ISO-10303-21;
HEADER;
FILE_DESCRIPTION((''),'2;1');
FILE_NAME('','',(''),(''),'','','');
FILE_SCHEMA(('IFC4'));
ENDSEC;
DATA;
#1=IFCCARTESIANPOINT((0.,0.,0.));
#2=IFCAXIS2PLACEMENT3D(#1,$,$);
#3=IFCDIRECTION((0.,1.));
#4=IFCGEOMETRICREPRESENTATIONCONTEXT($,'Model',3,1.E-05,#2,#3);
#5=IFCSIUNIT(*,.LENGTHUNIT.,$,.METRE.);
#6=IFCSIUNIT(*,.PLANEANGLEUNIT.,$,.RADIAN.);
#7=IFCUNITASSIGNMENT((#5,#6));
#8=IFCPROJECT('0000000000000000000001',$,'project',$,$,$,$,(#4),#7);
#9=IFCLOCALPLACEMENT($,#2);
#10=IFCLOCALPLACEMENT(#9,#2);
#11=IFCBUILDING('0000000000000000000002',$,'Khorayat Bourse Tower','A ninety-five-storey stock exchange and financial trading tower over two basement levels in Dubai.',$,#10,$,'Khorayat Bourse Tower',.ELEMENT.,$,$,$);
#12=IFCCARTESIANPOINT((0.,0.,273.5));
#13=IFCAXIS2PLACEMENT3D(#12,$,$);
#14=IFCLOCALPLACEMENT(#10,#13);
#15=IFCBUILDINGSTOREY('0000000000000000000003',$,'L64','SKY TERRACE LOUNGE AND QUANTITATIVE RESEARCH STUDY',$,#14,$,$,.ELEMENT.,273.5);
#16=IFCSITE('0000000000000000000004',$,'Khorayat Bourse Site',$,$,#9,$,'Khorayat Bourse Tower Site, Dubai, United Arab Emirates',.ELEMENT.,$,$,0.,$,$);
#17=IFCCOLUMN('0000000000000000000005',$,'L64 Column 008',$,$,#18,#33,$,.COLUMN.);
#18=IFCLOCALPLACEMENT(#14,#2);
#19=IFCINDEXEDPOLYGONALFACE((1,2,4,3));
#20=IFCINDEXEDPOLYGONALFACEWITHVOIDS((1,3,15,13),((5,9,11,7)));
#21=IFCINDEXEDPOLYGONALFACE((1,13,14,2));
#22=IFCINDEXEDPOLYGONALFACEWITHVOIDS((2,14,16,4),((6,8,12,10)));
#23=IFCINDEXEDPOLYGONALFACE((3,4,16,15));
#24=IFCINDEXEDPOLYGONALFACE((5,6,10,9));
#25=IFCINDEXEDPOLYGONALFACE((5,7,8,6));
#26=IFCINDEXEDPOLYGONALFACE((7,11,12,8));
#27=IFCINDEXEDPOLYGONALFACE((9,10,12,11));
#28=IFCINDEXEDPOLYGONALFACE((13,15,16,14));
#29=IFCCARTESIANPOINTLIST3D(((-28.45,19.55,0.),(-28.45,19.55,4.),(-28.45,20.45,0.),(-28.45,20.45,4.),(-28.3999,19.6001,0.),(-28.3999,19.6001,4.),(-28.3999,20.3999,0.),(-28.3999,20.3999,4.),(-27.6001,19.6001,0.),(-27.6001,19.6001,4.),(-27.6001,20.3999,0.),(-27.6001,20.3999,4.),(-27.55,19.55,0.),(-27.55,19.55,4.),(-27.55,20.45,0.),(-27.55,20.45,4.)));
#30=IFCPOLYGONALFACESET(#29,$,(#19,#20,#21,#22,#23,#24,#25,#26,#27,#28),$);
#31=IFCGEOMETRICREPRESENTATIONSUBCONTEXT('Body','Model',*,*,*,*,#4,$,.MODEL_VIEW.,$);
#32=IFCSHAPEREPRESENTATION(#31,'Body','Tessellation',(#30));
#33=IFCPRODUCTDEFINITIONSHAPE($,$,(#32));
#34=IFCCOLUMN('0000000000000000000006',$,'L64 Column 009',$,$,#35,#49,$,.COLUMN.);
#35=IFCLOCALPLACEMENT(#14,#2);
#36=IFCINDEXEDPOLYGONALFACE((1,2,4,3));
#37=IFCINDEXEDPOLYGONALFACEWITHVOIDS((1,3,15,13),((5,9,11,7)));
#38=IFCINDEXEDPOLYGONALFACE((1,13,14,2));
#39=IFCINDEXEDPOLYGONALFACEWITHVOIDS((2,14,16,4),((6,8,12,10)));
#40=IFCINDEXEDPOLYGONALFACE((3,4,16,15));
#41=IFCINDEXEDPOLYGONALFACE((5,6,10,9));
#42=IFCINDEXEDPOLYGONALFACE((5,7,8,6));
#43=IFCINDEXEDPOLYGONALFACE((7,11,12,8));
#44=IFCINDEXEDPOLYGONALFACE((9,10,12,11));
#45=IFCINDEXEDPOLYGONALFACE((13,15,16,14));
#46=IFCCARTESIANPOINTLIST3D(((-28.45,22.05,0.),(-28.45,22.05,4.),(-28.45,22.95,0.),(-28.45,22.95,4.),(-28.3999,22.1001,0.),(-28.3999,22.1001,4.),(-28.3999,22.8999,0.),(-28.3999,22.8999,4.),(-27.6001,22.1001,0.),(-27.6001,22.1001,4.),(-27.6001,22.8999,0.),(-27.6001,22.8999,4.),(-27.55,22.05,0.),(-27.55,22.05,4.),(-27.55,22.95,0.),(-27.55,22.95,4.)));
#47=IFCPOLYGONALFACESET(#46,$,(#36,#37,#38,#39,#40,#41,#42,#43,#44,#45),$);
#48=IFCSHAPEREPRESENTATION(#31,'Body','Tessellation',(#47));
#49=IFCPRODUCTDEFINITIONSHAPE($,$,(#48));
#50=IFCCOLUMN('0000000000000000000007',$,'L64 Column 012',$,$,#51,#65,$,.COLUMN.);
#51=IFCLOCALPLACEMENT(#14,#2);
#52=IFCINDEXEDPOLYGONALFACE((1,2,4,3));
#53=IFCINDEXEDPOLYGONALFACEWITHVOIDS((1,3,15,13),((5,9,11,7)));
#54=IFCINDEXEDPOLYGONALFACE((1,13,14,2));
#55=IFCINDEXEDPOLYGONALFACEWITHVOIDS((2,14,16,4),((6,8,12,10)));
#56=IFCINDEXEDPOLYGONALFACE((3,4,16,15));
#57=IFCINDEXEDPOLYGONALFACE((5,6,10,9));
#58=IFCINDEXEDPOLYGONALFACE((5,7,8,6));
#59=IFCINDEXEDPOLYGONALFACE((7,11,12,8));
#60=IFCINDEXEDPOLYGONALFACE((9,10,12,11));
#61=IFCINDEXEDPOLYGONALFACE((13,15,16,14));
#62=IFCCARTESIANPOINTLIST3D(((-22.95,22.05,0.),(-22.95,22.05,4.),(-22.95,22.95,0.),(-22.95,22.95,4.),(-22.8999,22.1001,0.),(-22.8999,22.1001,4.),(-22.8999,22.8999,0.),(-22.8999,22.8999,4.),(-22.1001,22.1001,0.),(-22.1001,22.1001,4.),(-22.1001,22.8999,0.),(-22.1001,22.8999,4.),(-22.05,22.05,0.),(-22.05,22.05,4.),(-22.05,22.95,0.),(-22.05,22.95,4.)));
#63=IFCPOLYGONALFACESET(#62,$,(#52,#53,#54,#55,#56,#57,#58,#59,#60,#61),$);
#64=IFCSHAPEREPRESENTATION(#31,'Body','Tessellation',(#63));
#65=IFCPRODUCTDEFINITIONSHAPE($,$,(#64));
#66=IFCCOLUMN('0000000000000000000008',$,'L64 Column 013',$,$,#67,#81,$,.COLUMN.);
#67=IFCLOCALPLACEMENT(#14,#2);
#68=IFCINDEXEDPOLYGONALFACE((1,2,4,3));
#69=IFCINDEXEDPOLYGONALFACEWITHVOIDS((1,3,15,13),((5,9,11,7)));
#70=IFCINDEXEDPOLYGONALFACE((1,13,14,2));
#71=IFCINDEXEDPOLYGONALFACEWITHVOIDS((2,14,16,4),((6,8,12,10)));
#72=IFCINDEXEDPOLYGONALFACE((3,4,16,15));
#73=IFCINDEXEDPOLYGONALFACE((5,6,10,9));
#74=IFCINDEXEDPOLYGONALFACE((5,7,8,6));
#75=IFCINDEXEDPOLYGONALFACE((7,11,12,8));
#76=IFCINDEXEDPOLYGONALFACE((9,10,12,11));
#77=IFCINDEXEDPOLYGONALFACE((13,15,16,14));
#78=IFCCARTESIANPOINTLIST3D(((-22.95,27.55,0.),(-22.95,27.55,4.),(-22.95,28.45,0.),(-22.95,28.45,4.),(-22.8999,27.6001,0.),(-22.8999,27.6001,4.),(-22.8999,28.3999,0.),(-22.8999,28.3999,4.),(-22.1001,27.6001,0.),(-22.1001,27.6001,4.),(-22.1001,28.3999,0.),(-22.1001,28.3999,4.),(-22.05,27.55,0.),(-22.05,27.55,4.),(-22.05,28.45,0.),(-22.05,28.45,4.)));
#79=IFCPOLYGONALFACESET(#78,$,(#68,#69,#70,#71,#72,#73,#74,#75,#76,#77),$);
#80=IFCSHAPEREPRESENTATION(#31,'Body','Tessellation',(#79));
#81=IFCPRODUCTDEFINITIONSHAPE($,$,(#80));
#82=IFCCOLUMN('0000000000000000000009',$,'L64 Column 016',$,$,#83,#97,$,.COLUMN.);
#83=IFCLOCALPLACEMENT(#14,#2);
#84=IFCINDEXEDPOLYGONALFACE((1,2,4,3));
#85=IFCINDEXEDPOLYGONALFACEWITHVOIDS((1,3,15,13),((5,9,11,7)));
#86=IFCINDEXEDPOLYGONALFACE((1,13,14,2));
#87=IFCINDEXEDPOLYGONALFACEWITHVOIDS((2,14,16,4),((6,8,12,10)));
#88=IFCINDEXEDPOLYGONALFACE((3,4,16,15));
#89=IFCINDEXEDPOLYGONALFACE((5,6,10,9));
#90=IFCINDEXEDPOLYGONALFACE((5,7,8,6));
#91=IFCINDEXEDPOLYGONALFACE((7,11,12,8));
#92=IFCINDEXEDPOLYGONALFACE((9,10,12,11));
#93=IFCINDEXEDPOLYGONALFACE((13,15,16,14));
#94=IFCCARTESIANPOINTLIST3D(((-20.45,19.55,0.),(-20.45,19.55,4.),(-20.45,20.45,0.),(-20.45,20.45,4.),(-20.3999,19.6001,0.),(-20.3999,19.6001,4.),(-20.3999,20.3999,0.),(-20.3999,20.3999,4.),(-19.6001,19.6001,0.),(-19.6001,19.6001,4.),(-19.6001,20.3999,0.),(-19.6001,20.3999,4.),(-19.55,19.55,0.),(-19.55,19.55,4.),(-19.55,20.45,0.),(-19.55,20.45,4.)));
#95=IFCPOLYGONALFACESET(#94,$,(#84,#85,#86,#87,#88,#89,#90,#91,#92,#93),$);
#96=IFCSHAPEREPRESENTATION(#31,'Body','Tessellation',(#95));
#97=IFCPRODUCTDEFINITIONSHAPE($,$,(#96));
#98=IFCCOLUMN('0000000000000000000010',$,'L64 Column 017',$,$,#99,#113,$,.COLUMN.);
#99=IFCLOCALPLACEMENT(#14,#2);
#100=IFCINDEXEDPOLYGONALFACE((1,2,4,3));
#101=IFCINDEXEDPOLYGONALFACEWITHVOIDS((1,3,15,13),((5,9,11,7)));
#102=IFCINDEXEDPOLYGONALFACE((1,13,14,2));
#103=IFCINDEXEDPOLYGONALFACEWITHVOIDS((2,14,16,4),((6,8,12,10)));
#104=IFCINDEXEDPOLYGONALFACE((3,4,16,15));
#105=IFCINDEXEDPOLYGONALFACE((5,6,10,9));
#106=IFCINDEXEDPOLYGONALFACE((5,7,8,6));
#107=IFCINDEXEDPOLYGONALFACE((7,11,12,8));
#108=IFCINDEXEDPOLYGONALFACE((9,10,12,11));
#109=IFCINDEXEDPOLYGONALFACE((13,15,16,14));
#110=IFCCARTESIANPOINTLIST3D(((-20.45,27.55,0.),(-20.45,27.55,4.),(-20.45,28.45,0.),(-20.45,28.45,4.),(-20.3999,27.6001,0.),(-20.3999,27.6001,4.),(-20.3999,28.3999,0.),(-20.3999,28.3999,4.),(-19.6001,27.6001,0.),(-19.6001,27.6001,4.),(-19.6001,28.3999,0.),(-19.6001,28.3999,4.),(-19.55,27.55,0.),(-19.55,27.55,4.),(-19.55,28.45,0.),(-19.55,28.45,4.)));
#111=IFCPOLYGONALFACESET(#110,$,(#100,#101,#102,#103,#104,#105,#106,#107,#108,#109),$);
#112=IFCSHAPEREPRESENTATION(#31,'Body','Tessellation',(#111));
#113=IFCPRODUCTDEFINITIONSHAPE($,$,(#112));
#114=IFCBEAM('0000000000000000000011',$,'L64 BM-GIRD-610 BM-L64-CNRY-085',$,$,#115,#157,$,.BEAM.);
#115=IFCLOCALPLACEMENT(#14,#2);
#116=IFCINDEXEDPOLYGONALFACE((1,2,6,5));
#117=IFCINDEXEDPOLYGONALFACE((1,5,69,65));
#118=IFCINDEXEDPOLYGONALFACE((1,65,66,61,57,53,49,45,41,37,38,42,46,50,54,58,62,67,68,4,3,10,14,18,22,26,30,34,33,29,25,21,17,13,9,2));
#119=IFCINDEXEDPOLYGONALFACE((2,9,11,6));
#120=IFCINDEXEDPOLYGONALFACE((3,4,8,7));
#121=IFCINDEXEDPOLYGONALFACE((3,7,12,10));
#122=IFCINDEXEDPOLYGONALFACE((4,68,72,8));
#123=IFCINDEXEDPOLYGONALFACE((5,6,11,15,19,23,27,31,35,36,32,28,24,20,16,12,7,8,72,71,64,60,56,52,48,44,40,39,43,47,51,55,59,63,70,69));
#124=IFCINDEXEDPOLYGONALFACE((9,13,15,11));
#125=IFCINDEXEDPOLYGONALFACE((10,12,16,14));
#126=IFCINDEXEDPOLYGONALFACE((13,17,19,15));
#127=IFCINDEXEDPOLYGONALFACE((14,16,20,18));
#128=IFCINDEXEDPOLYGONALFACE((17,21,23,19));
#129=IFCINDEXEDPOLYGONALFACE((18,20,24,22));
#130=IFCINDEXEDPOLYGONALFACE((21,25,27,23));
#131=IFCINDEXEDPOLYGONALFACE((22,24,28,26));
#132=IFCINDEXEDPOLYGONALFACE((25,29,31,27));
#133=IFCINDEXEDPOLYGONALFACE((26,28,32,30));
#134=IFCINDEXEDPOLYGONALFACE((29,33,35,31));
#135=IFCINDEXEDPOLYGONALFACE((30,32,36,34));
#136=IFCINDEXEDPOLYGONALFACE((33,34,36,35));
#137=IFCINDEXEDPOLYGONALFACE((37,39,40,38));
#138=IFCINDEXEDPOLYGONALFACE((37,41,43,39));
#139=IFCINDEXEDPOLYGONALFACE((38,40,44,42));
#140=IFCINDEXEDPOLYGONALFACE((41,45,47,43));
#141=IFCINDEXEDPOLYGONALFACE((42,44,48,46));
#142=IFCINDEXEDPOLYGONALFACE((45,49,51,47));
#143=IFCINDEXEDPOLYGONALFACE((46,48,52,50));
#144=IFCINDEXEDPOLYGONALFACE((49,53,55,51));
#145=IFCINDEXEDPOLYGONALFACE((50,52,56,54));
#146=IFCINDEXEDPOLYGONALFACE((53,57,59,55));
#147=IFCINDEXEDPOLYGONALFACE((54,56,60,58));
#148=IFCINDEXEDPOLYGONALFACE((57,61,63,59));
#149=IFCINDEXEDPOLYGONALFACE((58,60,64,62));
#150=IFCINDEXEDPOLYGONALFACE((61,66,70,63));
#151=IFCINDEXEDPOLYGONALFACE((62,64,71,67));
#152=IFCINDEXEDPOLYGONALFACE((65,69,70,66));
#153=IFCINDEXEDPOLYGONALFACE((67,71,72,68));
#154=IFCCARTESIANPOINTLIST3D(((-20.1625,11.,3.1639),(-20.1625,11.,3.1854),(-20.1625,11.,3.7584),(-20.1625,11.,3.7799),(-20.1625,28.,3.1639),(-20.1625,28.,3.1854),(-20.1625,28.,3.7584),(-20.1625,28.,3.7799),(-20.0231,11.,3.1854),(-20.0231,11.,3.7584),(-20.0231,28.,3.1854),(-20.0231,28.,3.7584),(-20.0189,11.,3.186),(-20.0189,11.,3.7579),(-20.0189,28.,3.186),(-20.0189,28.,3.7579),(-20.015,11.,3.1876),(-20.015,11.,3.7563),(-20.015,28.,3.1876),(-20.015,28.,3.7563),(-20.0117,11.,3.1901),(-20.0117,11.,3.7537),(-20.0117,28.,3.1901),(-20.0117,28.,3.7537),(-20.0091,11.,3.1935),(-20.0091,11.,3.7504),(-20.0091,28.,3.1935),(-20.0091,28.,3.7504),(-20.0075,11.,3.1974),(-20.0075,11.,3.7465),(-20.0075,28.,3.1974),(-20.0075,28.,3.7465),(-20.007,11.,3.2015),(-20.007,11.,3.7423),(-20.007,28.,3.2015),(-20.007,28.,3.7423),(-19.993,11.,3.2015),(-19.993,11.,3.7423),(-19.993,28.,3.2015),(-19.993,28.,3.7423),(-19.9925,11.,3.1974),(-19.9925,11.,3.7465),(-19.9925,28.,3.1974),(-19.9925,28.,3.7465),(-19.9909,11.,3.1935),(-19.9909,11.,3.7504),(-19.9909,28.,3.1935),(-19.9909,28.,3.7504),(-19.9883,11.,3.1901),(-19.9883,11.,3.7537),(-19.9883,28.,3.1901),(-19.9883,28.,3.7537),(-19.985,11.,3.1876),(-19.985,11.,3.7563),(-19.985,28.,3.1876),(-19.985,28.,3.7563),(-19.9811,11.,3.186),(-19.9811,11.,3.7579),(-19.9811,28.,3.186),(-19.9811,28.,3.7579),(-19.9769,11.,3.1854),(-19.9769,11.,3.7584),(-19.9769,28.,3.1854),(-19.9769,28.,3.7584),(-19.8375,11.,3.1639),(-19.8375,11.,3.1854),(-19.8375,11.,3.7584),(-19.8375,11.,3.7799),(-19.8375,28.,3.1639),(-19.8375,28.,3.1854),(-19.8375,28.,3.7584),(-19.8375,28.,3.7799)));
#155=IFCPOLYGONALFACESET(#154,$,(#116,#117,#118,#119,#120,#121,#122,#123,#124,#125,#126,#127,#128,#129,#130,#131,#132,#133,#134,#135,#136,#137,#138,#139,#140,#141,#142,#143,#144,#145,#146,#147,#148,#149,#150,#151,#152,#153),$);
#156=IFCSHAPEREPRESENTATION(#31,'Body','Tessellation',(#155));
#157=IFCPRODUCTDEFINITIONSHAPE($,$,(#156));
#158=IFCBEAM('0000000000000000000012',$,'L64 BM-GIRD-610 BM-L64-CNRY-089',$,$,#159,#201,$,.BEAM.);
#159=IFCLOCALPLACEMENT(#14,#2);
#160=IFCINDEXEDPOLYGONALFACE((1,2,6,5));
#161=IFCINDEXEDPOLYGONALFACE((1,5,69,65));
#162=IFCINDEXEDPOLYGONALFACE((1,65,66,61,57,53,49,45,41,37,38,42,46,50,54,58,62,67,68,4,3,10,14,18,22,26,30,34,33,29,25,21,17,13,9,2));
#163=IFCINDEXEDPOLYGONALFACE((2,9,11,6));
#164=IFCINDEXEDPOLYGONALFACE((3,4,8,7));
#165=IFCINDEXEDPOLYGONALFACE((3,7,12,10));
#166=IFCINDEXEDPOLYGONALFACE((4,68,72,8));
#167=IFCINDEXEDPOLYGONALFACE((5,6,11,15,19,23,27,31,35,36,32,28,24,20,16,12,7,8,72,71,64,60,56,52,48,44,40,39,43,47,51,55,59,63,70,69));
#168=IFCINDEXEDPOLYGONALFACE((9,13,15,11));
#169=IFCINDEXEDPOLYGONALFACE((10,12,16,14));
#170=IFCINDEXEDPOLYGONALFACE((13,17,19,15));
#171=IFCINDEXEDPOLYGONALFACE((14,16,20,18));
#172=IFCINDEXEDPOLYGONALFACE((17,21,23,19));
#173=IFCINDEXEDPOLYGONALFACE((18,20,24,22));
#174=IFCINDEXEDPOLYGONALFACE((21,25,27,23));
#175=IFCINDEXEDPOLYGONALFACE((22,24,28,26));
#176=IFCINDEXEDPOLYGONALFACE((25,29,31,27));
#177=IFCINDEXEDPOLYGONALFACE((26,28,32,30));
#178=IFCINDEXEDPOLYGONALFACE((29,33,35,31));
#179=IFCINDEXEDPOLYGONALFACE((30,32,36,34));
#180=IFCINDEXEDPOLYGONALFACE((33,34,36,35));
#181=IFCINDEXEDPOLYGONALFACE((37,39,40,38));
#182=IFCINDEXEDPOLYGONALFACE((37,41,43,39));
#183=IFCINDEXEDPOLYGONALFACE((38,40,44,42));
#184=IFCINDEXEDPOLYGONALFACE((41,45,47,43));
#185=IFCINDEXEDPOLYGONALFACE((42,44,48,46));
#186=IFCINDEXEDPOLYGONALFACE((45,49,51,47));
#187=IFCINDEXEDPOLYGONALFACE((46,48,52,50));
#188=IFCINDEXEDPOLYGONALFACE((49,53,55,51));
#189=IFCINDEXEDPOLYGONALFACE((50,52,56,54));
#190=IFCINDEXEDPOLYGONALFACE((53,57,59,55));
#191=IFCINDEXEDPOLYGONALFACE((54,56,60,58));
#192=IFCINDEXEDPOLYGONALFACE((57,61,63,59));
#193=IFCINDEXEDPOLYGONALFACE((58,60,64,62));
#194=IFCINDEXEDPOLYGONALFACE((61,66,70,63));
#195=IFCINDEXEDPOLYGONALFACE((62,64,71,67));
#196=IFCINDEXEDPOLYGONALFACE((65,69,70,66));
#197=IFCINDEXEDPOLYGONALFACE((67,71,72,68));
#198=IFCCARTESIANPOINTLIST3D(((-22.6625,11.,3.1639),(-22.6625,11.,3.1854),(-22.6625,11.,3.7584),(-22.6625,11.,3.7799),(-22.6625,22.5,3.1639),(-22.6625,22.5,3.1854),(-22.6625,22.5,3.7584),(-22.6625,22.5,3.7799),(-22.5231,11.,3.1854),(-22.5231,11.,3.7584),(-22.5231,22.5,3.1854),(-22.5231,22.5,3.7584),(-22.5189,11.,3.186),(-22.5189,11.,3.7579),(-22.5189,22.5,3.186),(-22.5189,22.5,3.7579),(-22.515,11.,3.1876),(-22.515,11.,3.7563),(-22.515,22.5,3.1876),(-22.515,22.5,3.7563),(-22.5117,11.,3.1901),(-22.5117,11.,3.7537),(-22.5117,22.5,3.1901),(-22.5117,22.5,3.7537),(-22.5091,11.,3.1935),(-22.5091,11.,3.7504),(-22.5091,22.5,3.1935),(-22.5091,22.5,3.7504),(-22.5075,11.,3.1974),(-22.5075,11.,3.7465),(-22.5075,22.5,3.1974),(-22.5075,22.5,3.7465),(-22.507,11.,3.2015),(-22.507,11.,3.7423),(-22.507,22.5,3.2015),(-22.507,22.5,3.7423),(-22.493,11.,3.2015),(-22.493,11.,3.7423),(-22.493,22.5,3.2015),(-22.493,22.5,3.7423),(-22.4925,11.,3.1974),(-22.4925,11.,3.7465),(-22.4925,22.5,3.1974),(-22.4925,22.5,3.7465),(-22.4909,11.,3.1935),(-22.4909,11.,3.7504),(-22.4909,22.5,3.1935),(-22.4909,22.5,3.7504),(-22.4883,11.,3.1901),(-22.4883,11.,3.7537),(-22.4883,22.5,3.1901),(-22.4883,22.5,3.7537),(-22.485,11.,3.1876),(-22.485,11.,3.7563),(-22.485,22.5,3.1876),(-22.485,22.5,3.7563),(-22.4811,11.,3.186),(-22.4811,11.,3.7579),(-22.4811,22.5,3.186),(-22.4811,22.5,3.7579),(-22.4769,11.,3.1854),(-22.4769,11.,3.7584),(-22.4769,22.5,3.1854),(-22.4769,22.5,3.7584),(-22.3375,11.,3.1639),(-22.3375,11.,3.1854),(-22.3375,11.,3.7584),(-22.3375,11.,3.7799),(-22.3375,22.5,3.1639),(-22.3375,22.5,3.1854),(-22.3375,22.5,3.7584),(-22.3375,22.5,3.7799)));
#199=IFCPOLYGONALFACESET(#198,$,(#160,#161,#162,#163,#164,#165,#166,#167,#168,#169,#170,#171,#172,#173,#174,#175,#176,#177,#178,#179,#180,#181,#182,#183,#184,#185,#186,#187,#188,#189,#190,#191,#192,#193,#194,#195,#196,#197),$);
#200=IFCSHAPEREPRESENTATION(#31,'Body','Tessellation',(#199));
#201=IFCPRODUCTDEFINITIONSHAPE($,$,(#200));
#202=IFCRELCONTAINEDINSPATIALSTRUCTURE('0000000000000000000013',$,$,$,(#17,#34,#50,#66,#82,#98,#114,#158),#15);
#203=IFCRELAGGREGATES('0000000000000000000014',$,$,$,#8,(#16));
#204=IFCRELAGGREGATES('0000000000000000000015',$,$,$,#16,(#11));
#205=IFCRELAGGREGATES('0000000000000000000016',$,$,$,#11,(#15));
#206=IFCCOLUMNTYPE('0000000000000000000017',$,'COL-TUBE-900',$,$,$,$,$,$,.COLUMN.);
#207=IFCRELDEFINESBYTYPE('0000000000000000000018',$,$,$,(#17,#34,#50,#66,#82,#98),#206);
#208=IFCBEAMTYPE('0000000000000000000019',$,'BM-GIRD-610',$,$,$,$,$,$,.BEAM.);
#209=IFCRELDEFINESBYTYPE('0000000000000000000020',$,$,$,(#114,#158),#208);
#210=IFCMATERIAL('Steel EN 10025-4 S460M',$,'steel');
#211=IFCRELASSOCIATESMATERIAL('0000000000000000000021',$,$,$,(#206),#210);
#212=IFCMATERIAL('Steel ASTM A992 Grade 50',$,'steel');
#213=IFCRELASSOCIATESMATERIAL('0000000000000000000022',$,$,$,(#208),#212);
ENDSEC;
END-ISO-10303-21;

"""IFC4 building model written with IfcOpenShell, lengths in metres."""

from ifc_helpers import new_model, si_unit, direction, frame, origin, origin_2d, place, context, subcontext, project, spatial, hollow_rectangle, i_section, extrude, source, transform, mapped, material, material_profile, profile_set, type_object, element, save


model = new_model("IFC4")

# Units and contexts
model_context = context("Model", 3, precision=1e-05, world=origin(), true_north=direction((0.0, 1.0)))
body_context = subcontext(model_context, "Body", "Model", "MODEL_VIEW")
ifc_project = project(units=[si_unit("LENGTHUNIT", "METRE"), si_unit("PLANEANGLEUNIT", "RADIAN")], contexts=[model_context])

# Site, building, storey
site_placement = place(None, origin())
site = spatial("IfcSite", under=ifc_project, at=site_placement, Name="Khorayat Bourse Site", LongName="Khorayat Bourse Tower Site, Dubai, United Arab Emirates", CompositionType="ELEMENT", RefElevation=0.0)
building_placement = place(site_placement, origin())
building = spatial("IfcBuilding", under=site, at=building_placement, Name="Khorayat Bourse Tower", Description="A ninety-five-storey stock exchange and financial trading tower over two basement levels in Dubai.", LongName="Khorayat Bourse Tower", CompositionType="ELEMENT")
storey_placement = place(building_placement, frame((0.0, 0.0, 273.5)))
storey = spatial("IfcBuildingStorey", under=building, at=storey_placement, Name="L64", Description="SKY TERRACE LOUNGE AND QUANTITATIVE RESEARCH STUDY", CompositionType="ELEMENT", Elevation=273.5)

# Columns
ifc_material_1 = material(Name="Steel EN 10025-4 S460M", Category="steel")
ifc_material_profile_1 = material_profile(ifc_material_1, hollow_rectangle(XDim=0.8999, YDim=0.8999, WallThickness=0.05, at=origin_2d()), Name="BOX 900x900x50")
ifc_profile_set_1 = profile_set([ifc_material_profile_1], Name="Steel EN 10025-4 S460M")
column_type = type_object("IfcColumnType", Name="COL-TUBE-900", PredefinedType="COLUMN", material=ifc_profile_set_1)
shared_shape_1 = source(origin(), body_context, "Body", "SweptSolid", [
    extrude(hollow_rectangle(XDim=0.8999, YDim=0.8999, WallThickness=0.05, at=origin_2d()), origin(), (0.0, 0.0, 1.0), 4.0),
])
for number, where, z_axis, x_axis, name in (
    (1, (-28.0, 20.0, 0.0), (0.0, 0.0, 1.0), (1.0, 0.0, 0.0), "L64 Column 008"),
    (2, (-28.0, 22.5, 0.0), (0.0, 0.0, 1.0), (1.0, 0.0, 0.0), "L64 Column 009"),
    (3, (-22.5, 22.5, 0.0), (0.0, 0.0, 1.0), (1.0, 0.0, 0.0), "L64 Column 012"),
    (4, (-22.5, 28.0, 0.0), (0.0, 0.0, 1.0), (1.0, 0.0, 0.0), "L64 Column 013"),
    (5, (-20.0, 20.0, 0.0), (0.0, 0.0, 1.0), (1.0, 0.0, 0.0), "L64 Column 016"),
    (6, (-20.0, 28.0, 0.0), (0.0, 0.0, 1.0), (1.0, 0.0, 0.0), "L64 Column 017"),
):
    element("IfcColumn", number, at=place(storey_placement, frame(where, z_axis=z_axis, x_axis=x_axis)), inside=storey, type_object=column_type, Name=name, PredefinedType="COLUMN", context=body_context, shape_type="MappedRepresentation", body=[
        mapped(shared_shape_1, transform((0.0, 0.0, 0.0), scale=1.0)),
    ])

# Beams
ifc_material_2 = material(Name="Steel ASTM A992 Grade 50", Category="steel")
ifc_material_profile_2 = material_profile(ifc_material_2, i_section(OverallWidth=0.325, OverallDepth=0.616, WebThickness=0.0139, FlangeThickness=0.0215, FilletRadius=0.0161, at=origin_2d()), Name="W610X174")
ifc_profile_set_2 = profile_set([ifc_material_profile_2], Name="Steel ASTM A992 Grade 50")
beam_type_1 = type_object("IfcBeamType", Name="BM-GIRD-610", PredefinedType="BEAM", material=ifc_profile_set_2)
shared_shape_2 = source(origin(), body_context, "Body", "SweptSolid", [
    extrude(i_section(OverallWidth=0.325, OverallDepth=0.616, WebThickness=0.0139, FlangeThickness=0.0215, FilletRadius=0.0161, at=origin_2d()), origin(), (0.0, 0.0, 1.0), 17.0),
])
beam_1_placement = place(storey_placement, frame((-20.0, 11.0, 3.4719), z_axis=(0.0, 1.0, 0.0), x_axis=(-1.0, 0.0, 0.0)))
element("IfcBeam", 7, at=beam_1_placement, inside=storey, type_object=beam_type_1, Name="L64 BM-GIRD-610 BM-L64-CNRY-085", PredefinedType="BEAM", context=body_context, shape_type="MappedRepresentation", body=[
    mapped(shared_shape_2, transform((0.0, 0.0, 0.0), scale=1.0)),
])
shared_shape_3 = source(origin(), body_context, "Body", "SweptSolid", [
    extrude(i_section(OverallWidth=0.325, OverallDepth=0.616, WebThickness=0.0139, FlangeThickness=0.0215, FilletRadius=0.0161, at=origin_2d()), origin(), (0.0, 0.0, 1.0), 11.5),
])
beam_2_placement = place(storey_placement, frame((-22.5, 11.0, 3.4719), z_axis=(0.0, 1.0, 0.0), x_axis=(-1.0, 0.0, 0.0)))
element("IfcBeam", 8, at=beam_2_placement, inside=storey, type_object=beam_type_1, Name="L64 BM-GIRD-610 BM-L64-CNRY-089", PredefinedType="BEAM", context=body_context, shape_type="MappedRepresentation", body=[
    mapped(shared_shape_3, transform((0.0, 0.0, 0.0), scale=1.0)),
])

save(model, "model.ifc")
